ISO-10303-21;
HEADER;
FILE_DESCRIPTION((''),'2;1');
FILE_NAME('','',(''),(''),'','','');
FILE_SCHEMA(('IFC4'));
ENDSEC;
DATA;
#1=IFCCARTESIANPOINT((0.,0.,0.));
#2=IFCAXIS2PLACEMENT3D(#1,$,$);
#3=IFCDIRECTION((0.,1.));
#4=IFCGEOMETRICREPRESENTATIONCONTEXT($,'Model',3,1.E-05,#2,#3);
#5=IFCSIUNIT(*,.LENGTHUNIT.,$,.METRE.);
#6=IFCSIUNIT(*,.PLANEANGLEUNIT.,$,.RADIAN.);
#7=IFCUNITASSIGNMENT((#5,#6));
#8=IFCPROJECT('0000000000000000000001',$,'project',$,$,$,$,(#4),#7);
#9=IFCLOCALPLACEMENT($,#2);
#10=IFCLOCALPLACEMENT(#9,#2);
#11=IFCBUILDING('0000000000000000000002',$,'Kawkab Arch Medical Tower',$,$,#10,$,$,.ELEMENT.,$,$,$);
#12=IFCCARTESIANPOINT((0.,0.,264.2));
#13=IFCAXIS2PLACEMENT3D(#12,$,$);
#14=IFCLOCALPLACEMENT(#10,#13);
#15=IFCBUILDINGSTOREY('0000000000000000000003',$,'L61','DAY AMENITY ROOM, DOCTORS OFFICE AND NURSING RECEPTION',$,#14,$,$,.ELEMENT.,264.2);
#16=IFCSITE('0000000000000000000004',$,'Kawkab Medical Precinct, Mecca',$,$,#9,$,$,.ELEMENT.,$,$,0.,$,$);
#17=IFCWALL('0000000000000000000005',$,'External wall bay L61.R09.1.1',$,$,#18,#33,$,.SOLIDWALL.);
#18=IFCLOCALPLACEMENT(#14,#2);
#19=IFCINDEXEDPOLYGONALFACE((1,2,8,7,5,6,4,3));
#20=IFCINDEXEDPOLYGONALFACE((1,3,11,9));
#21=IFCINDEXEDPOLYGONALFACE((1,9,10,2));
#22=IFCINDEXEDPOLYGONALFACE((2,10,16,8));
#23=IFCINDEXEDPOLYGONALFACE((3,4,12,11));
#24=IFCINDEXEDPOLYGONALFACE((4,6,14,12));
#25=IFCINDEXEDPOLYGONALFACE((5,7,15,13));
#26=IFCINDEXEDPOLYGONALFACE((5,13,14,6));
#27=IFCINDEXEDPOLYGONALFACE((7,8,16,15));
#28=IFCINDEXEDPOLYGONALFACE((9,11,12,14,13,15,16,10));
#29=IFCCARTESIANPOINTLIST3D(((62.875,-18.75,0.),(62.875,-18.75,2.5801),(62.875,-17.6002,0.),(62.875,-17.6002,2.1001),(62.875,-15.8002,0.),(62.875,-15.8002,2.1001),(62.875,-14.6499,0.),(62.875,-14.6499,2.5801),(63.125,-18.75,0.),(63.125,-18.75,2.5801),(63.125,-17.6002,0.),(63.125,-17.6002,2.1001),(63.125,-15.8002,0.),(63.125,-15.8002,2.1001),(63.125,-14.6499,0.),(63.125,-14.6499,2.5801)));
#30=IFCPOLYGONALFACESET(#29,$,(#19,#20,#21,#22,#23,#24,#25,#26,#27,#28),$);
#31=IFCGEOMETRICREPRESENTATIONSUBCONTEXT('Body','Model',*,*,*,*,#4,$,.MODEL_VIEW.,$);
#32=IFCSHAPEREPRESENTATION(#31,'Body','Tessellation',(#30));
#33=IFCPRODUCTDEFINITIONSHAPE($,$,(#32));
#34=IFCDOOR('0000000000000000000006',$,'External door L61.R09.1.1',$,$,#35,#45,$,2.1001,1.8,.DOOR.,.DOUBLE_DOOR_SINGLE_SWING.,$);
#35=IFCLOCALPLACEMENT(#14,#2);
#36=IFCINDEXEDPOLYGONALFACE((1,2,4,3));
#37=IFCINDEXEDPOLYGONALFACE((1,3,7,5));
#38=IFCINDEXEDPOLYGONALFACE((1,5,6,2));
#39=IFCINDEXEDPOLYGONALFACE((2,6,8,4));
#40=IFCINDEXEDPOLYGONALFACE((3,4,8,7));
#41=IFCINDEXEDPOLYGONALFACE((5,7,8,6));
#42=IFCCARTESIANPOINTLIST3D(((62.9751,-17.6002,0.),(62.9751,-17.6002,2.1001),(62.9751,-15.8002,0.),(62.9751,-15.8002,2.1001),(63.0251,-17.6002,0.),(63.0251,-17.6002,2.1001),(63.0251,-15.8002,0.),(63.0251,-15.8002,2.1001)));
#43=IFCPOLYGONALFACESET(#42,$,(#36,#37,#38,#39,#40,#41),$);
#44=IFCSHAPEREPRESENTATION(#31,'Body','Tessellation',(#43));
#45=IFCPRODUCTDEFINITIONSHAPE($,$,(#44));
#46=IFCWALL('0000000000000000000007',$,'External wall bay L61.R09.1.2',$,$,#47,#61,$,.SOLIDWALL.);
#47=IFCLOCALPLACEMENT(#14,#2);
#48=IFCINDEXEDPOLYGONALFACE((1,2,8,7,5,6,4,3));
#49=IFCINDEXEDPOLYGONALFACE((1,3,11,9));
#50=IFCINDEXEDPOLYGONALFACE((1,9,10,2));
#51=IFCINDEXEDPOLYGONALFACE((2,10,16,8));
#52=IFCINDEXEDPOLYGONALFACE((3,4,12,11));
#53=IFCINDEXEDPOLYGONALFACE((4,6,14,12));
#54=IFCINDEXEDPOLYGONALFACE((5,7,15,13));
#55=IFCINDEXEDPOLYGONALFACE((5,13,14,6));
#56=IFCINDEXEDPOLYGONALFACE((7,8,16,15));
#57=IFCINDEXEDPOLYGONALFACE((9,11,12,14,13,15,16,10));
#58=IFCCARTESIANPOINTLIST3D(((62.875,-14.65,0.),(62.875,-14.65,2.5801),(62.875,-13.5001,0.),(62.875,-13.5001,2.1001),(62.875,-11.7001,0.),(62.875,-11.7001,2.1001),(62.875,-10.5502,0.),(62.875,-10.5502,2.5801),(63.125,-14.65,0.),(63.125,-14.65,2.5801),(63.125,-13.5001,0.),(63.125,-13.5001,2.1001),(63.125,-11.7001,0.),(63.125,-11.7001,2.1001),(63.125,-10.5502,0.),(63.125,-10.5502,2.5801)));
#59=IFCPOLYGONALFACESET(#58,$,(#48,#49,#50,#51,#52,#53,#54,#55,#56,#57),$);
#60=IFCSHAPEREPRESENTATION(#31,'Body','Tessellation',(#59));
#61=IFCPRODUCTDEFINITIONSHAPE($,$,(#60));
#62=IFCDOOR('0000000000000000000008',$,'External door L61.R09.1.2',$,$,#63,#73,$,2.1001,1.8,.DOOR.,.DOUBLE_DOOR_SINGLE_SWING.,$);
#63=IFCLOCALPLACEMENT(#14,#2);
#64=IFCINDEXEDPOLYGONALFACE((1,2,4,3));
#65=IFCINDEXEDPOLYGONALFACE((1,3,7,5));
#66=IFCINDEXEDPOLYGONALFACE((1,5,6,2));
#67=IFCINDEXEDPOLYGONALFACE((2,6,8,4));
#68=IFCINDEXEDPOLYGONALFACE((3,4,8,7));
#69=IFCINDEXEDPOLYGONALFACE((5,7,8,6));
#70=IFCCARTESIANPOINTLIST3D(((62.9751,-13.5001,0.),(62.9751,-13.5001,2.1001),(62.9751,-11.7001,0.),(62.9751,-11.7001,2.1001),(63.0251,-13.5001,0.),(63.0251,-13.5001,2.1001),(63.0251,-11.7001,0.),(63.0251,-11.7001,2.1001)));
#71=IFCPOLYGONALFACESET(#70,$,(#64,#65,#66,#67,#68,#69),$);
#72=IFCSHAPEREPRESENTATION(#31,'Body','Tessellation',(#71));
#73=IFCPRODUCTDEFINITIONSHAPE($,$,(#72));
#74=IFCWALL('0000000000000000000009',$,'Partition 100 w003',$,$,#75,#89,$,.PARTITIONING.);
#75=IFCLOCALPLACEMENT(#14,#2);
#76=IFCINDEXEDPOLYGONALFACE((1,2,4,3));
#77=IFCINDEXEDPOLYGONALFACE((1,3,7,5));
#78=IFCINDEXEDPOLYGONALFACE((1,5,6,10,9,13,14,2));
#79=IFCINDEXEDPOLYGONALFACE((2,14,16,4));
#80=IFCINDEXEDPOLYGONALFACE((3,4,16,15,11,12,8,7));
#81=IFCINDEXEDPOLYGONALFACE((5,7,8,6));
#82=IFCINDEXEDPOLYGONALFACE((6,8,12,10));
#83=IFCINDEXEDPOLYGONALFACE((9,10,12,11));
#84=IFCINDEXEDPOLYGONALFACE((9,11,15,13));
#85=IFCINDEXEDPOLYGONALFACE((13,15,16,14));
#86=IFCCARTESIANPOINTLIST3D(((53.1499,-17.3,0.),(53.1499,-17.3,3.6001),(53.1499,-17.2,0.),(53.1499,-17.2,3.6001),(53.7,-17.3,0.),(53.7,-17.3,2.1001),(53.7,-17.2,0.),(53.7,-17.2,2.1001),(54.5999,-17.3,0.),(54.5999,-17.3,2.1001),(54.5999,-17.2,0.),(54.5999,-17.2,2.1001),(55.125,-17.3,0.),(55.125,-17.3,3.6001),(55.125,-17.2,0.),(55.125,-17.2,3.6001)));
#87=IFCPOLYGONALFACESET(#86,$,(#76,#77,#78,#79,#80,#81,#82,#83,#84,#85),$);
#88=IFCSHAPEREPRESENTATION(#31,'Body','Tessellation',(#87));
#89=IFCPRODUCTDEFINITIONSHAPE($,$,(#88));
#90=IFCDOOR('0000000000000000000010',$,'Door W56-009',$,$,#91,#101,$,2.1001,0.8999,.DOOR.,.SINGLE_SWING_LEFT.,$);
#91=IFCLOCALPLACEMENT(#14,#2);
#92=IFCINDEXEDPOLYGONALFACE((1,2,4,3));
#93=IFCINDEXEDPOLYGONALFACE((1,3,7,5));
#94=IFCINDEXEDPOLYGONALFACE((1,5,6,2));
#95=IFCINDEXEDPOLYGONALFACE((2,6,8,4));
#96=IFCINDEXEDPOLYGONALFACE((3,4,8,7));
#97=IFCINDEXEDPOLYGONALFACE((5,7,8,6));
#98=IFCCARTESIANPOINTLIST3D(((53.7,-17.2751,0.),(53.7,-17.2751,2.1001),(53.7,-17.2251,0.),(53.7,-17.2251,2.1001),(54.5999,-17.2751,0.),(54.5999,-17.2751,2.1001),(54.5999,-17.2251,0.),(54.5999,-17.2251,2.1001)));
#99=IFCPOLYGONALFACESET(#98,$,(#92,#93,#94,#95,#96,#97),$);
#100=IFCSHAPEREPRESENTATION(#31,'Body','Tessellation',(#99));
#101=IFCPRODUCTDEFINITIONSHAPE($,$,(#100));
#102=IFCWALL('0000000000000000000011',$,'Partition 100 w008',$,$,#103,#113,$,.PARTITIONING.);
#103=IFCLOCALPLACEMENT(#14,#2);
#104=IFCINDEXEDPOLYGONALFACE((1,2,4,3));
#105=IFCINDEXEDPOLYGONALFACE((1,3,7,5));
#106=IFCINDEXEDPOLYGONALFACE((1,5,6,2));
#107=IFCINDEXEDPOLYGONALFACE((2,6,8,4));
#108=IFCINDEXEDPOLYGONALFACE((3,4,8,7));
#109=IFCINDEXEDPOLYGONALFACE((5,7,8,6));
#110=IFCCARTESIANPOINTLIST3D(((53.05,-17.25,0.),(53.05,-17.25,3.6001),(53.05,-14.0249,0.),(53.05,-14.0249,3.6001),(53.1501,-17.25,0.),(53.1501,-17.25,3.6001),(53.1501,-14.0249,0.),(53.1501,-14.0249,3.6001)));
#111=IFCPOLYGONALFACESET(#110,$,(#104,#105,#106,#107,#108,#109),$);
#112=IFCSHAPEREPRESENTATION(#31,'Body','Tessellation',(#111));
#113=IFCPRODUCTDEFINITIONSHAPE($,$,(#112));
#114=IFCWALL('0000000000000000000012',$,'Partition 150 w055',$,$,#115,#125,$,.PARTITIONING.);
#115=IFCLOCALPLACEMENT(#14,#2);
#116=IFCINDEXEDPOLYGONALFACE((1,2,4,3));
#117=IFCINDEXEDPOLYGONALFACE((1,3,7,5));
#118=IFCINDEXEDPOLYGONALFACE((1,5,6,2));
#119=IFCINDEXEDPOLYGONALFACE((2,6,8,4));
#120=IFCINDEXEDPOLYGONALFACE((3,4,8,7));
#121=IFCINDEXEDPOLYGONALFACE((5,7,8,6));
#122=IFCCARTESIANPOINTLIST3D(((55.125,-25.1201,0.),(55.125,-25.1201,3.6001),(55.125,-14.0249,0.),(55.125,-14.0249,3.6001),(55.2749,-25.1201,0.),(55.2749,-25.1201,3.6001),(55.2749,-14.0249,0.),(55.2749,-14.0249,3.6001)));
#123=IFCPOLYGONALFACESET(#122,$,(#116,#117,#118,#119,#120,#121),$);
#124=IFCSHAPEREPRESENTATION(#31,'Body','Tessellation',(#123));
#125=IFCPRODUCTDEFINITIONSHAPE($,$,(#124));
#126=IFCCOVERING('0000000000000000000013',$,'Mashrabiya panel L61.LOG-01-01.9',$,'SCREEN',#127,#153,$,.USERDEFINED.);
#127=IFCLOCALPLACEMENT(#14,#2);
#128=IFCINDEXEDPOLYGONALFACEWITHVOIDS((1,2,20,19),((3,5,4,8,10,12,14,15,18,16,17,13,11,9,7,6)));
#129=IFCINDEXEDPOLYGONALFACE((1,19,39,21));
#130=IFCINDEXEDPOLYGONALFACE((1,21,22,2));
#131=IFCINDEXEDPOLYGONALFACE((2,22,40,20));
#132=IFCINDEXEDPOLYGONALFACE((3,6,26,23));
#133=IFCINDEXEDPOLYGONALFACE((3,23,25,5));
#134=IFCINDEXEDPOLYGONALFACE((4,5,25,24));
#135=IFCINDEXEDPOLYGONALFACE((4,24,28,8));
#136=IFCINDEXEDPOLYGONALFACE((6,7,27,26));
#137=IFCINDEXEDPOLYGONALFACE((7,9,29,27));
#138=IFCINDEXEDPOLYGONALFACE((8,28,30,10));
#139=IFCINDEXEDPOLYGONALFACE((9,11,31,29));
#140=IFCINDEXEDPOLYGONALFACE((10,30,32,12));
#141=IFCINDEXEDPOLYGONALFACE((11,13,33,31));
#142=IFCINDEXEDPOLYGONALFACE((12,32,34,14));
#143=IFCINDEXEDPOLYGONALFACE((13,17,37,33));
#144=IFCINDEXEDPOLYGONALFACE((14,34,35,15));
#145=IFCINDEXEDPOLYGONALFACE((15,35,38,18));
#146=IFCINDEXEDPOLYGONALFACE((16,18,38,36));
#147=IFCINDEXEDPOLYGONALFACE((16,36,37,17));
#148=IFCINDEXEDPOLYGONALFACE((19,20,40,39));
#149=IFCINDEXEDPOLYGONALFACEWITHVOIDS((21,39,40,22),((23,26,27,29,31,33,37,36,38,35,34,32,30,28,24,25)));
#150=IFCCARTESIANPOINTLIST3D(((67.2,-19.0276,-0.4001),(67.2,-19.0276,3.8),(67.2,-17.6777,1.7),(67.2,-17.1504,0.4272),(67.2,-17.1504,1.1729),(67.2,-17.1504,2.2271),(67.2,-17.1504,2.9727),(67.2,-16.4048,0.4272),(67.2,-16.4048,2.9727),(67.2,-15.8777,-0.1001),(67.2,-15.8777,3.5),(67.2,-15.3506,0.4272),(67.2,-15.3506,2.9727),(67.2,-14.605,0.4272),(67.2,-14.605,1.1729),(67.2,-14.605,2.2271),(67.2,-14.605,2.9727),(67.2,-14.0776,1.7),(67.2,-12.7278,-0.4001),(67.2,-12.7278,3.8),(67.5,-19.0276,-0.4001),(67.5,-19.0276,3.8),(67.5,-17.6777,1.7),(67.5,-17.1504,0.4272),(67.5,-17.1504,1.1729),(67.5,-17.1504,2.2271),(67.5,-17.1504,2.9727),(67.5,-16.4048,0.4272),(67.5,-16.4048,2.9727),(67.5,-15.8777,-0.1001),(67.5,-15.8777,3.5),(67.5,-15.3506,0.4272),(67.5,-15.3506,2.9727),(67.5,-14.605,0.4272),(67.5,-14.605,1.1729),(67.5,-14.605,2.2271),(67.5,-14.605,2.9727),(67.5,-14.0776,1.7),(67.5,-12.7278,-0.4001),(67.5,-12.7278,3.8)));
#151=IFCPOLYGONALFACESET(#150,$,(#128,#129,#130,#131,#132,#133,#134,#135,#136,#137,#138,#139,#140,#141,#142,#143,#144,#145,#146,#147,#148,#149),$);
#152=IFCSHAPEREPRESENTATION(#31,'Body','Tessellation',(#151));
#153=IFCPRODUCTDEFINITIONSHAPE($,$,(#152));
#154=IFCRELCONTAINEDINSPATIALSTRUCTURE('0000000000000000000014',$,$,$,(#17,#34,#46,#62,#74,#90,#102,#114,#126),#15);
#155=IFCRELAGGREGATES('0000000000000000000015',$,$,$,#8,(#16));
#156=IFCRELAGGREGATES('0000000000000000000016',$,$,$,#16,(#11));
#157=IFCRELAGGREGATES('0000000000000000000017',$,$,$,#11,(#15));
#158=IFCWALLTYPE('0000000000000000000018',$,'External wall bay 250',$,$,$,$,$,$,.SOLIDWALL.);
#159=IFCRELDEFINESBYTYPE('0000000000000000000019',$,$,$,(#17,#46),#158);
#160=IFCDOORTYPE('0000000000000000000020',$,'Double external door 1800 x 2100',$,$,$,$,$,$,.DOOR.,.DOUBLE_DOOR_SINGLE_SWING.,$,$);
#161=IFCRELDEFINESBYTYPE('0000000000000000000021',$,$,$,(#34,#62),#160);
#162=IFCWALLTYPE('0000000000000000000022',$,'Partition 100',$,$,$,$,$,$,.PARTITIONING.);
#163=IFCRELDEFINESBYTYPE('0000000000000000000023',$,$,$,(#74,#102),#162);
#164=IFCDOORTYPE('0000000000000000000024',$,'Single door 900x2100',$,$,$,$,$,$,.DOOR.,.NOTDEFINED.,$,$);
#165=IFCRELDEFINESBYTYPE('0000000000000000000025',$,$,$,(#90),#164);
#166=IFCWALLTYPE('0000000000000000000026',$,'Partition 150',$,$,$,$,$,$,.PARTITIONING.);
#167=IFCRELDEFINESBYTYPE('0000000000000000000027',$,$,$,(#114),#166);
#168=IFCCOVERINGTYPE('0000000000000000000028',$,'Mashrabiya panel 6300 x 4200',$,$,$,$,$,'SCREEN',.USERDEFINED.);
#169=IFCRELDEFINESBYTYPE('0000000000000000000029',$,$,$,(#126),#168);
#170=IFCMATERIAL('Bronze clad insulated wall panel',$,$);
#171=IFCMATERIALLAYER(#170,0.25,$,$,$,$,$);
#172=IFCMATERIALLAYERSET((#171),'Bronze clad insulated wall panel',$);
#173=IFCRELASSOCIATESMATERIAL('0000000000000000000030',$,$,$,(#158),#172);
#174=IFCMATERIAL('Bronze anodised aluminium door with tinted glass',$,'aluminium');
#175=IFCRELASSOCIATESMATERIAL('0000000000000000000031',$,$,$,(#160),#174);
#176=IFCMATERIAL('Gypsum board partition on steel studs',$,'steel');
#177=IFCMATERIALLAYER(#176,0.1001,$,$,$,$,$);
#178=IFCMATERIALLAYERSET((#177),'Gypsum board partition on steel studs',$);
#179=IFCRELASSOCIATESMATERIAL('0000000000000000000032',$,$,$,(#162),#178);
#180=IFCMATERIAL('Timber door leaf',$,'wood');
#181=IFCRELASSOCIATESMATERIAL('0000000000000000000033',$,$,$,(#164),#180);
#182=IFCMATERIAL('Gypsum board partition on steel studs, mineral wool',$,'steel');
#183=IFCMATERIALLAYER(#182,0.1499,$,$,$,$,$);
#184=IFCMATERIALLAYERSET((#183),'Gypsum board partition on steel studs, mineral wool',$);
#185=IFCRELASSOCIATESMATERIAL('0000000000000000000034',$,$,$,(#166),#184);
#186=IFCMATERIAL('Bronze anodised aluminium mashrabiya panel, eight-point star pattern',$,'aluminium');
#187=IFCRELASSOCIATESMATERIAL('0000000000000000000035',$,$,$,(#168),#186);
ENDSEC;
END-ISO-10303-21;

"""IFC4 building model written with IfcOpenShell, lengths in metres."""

from ifc_helpers import new_model, si_unit, direction, frame, frame_2d, origin, place, context, subcontext, project, spatial, polyline, rectangle, outline, extrude, material, layer, layer_set, material_profile, profile_set, type_object, element, fill, save


model = new_model("IFC4")

# Units and contexts
model_context = context("Model", 3, precision=1e-05, world=origin(), true_north=direction((0.0, 1.0)))
body_context = subcontext(model_context, "Body", "Model", "MODEL_VIEW")
ifc_project = project(units=[si_unit("LENGTHUNIT", "METRE"), si_unit("PLANEANGLEUNIT", "RADIAN")], contexts=[model_context])

# Site, building, storey
site_placement = place(None, origin())
site = spatial("IfcSite", under=ifc_project, at=site_placement, Name="Kawkab Medical Precinct, Mecca", CompositionType="ELEMENT", RefElevation=0.0)
building_placement = place(site_placement, origin())
building = spatial("IfcBuilding", under=site, at=building_placement, Name="Kawkab Arch Medical Tower", CompositionType="ELEMENT")
storey_placement = place(building_placement, frame((0.0, 0.0, 264.2)))
storey = spatial("IfcBuildingStorey", under=building, at=storey_placement, Name="L61", Description="DAY AMENITY ROOM, DOCTORS OFFICE AND NURSING RECEPTION", CompositionType="ELEMENT", Elevation=264.2)

# Walls, openings, doors
ifc_material_1 = material(Name="Bronze clad insulated wall panel")
ifc_layer_1 = layer(ifc_material_1, 0.25)
ifc_layer_set_1 = layer_set([ifc_layer_1], Name="Bronze clad insulated wall panel")
wall_type_1 = type_object("IfcWallType", Name="External wall bay 250", PredefinedType="SOLIDWALL", material=ifc_layer_set_1)
wall_1_placement = place(storey_placement, frame((63.0, -18.75, 0.0), z_axis=(0.0, 0.0, 1.0), x_axis=(0.0, 1.0, 0.0)))
wall_1 = element("IfcWall", 1, at=wall_1_placement, inside=storey, type_object=wall_type_1, Name="External wall bay L61.R09.1.1", PredefinedType="SOLIDWALL", context=body_context, shape_type="SweptSolid", body=[
    extrude(rectangle(XDim=4.1001, YDim=0.25, at=frame_2d((2.05, 0.0))), origin(), (0.0, 0.0, 1.0), 2.5801),
])
opening_1_placement = place(wall_1_placement, frame((1.1499, 0.0, 0.0)))
opening_1 = element("IfcOpeningElement", 2, at=opening_1_placement, cuts=wall_1, PredefinedType="OPENING", context=body_context, shape_type="SweptSolid", body=[
    extrude(rectangle(XDim=1.8, YDim=2.1001, at=frame_2d((0.8999, 1.05))), frame((0.0, 0.135, 0.0), z_axis=(0.0, -1.0, 0.0), x_axis=(1.0, 0.0, 0.0)), (0.0, 0.0, 1.0), 0.27),
])
ifc_material_2 = material(Name="Bronze anodised aluminium door with tinted glass", Category="aluminium")
door_type_1 = type_object("IfcDoorType", Name="Double external door 1800 x 2100", OperationType="DOUBLE_DOOR_SINGLE_SWING", PredefinedType="DOOR", material=ifc_material_2)
door_1_placement = place(opening_1_placement, origin())
door_1 = element("IfcDoor", 3, at=door_1_placement, inside=storey, type_object=door_type_1, Name="External door L61.R09.1.1", OperationType="DOUBLE_DOOR_SINGLE_SWING", OverallHeight=2.1001, OverallWidth=1.8, PredefinedType="DOOR", context=body_context, shape_type="SweptSolid", body=[
    extrude(rectangle(XDim=1.8, YDim=2.1001, at=frame_2d((0.8999, 1.05))), frame((0.0, 0.0249, 0.0), z_axis=(0.0, -1.0, 0.0), x_axis=(1.0, 0.0, 0.0)), (0.0, 0.0, 1.0), 0.05),
])
fill(opening_1, door_1)
wall_2_placement = place(storey_placement, frame((63.0, -14.6499, 0.0), z_axis=(0.0, 0.0, 1.0), x_axis=(0.0, 1.0, 0.0)))
wall_2 = element("IfcWall", 4, at=wall_2_placement, inside=storey, type_object=wall_type_1, Name="External wall bay L61.R09.1.2", PredefinedType="SOLIDWALL", context=body_context, shape_type="SweptSolid", body=[
    extrude(rectangle(XDim=4.0999, YDim=0.25, at=frame_2d((2.0498, 0.0))), origin(), (0.0, 0.0, 1.0), 2.5801),
])
opening_2_placement = place(wall_2_placement, frame((1.1499, 0.0, 0.0)))
opening_2 = element("IfcOpeningElement", 5, at=opening_2_placement, cuts=wall_2, PredefinedType="OPENING", context=body_context, shape_type="SweptSolid", body=[
    extrude(rectangle(XDim=1.8, YDim=2.1001, at=frame_2d((0.8999, 1.05))), frame((0.0, 0.135, 0.0), z_axis=(0.0, -1.0, 0.0), x_axis=(1.0, 0.0, 0.0)), (0.0, 0.0, 1.0), 0.27),
])
door_2_placement = place(opening_2_placement, origin())
door_2 = element("IfcDoor", 6, at=door_2_placement, inside=storey, type_object=door_type_1, Name="External door L61.R09.1.2", OperationType="DOUBLE_DOOR_SINGLE_SWING", OverallHeight=2.1001, OverallWidth=1.8, PredefinedType="DOOR", context=body_context, shape_type="SweptSolid", body=[
    extrude(rectangle(XDim=1.8, YDim=2.1001, at=frame_2d((0.8999, 1.05))), frame((0.0, 0.0249, 0.0), z_axis=(0.0, -1.0, 0.0), x_axis=(1.0, 0.0, 0.0)), (0.0, 0.0, 1.0), 0.05),
])
fill(opening_2, door_2)
ifc_material_3 = material(Name="Gypsum board partition on steel studs", Category="steel")
ifc_layer_2 = layer(ifc_material_3, 0.1001)
ifc_layer_set_2 = layer_set([ifc_layer_2], Name="Gypsum board partition on steel studs")
wall_type_2 = type_object("IfcWallType", Name="Partition 100", PredefinedType="PARTITIONING", material=ifc_layer_set_2)
wall_3_placement = place(storey_placement, frame((53.1499, -17.25, 0.0), z_axis=(0.0, 0.0, 1.0), x_axis=(1.0, 0.0, 0.0)))
wall_3 = element("IfcWall", 7, at=wall_3_placement, inside=storey, type_object=wall_type_2, Name="Partition 100 w003", PredefinedType="PARTITIONING", context=body_context, shape_type="SweptSolid", body=[
    extrude(rectangle(XDim=1.9751, YDim=0.1001, at=frame_2d((0.9875, 0.0))), origin(), (0.0, 0.0, 1.0), 3.6001),
])
opening_3_placement = place(wall_3_placement, frame((0.55, 0.0, 0.0)))
opening_3 = element("IfcOpeningElement", 8, at=opening_3_placement, cuts=wall_3, PredefinedType="OPENING", context=body_context, shape_type="SweptSolid", body=[
    extrude(rectangle(XDim=0.8999, YDim=2.1001, at=frame_2d((0.45, 1.05))), frame((0.0, 0.0601, 0.0), z_axis=(0.0, -1.0, 0.0), x_axis=(1.0, 0.0, 0.0)), (0.0, 0.0, 1.0), 0.1201),
])
ifc_material_4 = material(Name="Timber door leaf", Category="wood")
door_type_2 = type_object("IfcDoorType", Name="Single door 900x2100", OperationType="NOTDEFINED", PredefinedType="DOOR", material=ifc_material_4)
door_3_placement = place(opening_3_placement, origin())
door_3 = element("IfcDoor", 9, at=door_3_placement, inside=storey, type_object=door_type_2, Name="Door W56-009", OperationType="SINGLE_SWING_LEFT", OverallHeight=2.1001, OverallWidth=0.8999, PredefinedType="DOOR", context=body_context, shape_type="SweptSolid", body=[
    extrude(rectangle(XDim=0.8999, YDim=2.1001, at=frame_2d((0.45, 1.05))), frame((0.0, 0.0249, 0.0), z_axis=(0.0, -1.0, 0.0), x_axis=(1.0, 0.0, 0.0)), (0.0, 0.0, 1.0), 0.05),
])
fill(opening_3, door_3)

# Walls
wall_4_placement = place(storey_placement, frame((53.1001, -17.25, 0.0), z_axis=(0.0, 0.0, 1.0), x_axis=(0.0, 1.0, 0.0)))
element("IfcWall", 10, at=wall_4_placement, inside=storey, type_object=wall_type_2, Name="Partition 100 w008", PredefinedType="PARTITIONING", context=body_context, shape_type="SweptSolid", body=[
    extrude(rectangle(XDim=3.2251, YDim=0.1001, at=frame_2d((1.6125, 0.0))), origin(), (0.0, 0.0, 1.0), 3.6001),
])
ifc_material_5 = material(Name="Gypsum board partition on steel studs, mineral wool", Category="steel")
ifc_layer_3 = layer(ifc_material_5, 0.1499)
ifc_layer_set_3 = layer_set([ifc_layer_3], Name="Gypsum board partition on steel studs, mineral wool")
wall_type_3 = type_object("IfcWallType", Name="Partition 150", PredefinedType="PARTITIONING", material=ifc_layer_set_3)
wall_5_placement = place(storey_placement, frame((55.2, -25.1201, 0.0), z_axis=(0.0, 0.0, 1.0), x_axis=(0.0, 1.0, 0.0)))
element("IfcWall", 11, at=wall_5_placement, inside=storey, type_object=wall_type_3, Name="Partition 150 w055", PredefinedType="PARTITIONING", context=body_context, shape_type="SweptSolid", body=[
    extrude(rectangle(XDim=11.0952, YDim=0.1499, at=frame_2d((5.5476, 0.0))), origin(), (0.0, 0.0, 1.0), 3.6001),
])

# Covering
ifc_material_6 = material(Name="Bronze anodised aluminium mashrabiya panel, eight-point star pattern", Category="aluminium")
ifc_material_profile_1 = material_profile(ifc_material_6, outline(polyline([(-3.1499, -2.1001), (3.1499, -2.1001), (3.1499, 2.1001), (-3.1499, 2.1001), (-3.1499, -2.1001)]), holes=[polyline([(1.8, 0.0), (1.2727, 0.5271), (1.2727, 1.2727), (0.5271, 1.2727), (0.0, 1.8), (-0.5271, 1.2727), (-1.2727, 1.2727), (-1.2727, 0.5271), (-1.8, 0.0), (-1.2727, -0.5271), (-1.2727, -1.2727), (-0.5271, -1.2727), (0.0, -1.8), (0.5271, -1.2727), (1.2727, -1.2727), (1.2727, -0.5271), (1.8, 0.0)])]), Name="Mashrabiya panel 6300x4200")
ifc_profile_set_1 = profile_set([ifc_material_profile_1], Name="Bronze anodised aluminium mashrabiya panel, eight-point star pattern")
covering_type_1 = type_object("IfcCoveringType", Name="Mashrabiya panel 6300 x 4200", ElementType="SCREEN", PredefinedType="USERDEFINED", material=ifc_profile_set_1)
covering_1_placement = place(storey_placement, frame((67.2, -15.8777, 1.7), z_axis=(1.0, 0.0, 0.0), x_axis=(0.0, 1.0, 0.0)))
element("IfcCovering", 12, at=covering_1_placement, inside=storey, type_object=covering_type_1, Name="Mashrabiya panel L61.LOG-01-01.9", ObjectType="SCREEN", PredefinedType="USERDEFINED", context=body_context, shape_type="SweptSolid", body=[
    extrude(outline(polyline([(-3.1499, -2.1001), (3.1499, -2.1001), (3.1499, 2.1001), (-3.1499, 2.1001), (-3.1499, -2.1001)]), holes=[polyline([(1.8, 0.0), (1.2727, 0.5271), (1.2727, 1.2727), (0.5271, 1.2727), (0.0, 1.8), (-0.5271, 1.2727), (-1.2727, 1.2727), (-1.2727, 0.5271), (-1.8, 0.0), (-1.2727, -0.5271), (-1.2727, -1.2727), (-0.5271, -1.2727), (0.0, -1.8), (0.5271, -1.2727), (1.2727, -1.2727), (1.2727, -0.5271), (1.8, 0.0)])]), origin(), (0.0, 0.0, 1.0), 0.3),
])

save(model, "model.ifc")
